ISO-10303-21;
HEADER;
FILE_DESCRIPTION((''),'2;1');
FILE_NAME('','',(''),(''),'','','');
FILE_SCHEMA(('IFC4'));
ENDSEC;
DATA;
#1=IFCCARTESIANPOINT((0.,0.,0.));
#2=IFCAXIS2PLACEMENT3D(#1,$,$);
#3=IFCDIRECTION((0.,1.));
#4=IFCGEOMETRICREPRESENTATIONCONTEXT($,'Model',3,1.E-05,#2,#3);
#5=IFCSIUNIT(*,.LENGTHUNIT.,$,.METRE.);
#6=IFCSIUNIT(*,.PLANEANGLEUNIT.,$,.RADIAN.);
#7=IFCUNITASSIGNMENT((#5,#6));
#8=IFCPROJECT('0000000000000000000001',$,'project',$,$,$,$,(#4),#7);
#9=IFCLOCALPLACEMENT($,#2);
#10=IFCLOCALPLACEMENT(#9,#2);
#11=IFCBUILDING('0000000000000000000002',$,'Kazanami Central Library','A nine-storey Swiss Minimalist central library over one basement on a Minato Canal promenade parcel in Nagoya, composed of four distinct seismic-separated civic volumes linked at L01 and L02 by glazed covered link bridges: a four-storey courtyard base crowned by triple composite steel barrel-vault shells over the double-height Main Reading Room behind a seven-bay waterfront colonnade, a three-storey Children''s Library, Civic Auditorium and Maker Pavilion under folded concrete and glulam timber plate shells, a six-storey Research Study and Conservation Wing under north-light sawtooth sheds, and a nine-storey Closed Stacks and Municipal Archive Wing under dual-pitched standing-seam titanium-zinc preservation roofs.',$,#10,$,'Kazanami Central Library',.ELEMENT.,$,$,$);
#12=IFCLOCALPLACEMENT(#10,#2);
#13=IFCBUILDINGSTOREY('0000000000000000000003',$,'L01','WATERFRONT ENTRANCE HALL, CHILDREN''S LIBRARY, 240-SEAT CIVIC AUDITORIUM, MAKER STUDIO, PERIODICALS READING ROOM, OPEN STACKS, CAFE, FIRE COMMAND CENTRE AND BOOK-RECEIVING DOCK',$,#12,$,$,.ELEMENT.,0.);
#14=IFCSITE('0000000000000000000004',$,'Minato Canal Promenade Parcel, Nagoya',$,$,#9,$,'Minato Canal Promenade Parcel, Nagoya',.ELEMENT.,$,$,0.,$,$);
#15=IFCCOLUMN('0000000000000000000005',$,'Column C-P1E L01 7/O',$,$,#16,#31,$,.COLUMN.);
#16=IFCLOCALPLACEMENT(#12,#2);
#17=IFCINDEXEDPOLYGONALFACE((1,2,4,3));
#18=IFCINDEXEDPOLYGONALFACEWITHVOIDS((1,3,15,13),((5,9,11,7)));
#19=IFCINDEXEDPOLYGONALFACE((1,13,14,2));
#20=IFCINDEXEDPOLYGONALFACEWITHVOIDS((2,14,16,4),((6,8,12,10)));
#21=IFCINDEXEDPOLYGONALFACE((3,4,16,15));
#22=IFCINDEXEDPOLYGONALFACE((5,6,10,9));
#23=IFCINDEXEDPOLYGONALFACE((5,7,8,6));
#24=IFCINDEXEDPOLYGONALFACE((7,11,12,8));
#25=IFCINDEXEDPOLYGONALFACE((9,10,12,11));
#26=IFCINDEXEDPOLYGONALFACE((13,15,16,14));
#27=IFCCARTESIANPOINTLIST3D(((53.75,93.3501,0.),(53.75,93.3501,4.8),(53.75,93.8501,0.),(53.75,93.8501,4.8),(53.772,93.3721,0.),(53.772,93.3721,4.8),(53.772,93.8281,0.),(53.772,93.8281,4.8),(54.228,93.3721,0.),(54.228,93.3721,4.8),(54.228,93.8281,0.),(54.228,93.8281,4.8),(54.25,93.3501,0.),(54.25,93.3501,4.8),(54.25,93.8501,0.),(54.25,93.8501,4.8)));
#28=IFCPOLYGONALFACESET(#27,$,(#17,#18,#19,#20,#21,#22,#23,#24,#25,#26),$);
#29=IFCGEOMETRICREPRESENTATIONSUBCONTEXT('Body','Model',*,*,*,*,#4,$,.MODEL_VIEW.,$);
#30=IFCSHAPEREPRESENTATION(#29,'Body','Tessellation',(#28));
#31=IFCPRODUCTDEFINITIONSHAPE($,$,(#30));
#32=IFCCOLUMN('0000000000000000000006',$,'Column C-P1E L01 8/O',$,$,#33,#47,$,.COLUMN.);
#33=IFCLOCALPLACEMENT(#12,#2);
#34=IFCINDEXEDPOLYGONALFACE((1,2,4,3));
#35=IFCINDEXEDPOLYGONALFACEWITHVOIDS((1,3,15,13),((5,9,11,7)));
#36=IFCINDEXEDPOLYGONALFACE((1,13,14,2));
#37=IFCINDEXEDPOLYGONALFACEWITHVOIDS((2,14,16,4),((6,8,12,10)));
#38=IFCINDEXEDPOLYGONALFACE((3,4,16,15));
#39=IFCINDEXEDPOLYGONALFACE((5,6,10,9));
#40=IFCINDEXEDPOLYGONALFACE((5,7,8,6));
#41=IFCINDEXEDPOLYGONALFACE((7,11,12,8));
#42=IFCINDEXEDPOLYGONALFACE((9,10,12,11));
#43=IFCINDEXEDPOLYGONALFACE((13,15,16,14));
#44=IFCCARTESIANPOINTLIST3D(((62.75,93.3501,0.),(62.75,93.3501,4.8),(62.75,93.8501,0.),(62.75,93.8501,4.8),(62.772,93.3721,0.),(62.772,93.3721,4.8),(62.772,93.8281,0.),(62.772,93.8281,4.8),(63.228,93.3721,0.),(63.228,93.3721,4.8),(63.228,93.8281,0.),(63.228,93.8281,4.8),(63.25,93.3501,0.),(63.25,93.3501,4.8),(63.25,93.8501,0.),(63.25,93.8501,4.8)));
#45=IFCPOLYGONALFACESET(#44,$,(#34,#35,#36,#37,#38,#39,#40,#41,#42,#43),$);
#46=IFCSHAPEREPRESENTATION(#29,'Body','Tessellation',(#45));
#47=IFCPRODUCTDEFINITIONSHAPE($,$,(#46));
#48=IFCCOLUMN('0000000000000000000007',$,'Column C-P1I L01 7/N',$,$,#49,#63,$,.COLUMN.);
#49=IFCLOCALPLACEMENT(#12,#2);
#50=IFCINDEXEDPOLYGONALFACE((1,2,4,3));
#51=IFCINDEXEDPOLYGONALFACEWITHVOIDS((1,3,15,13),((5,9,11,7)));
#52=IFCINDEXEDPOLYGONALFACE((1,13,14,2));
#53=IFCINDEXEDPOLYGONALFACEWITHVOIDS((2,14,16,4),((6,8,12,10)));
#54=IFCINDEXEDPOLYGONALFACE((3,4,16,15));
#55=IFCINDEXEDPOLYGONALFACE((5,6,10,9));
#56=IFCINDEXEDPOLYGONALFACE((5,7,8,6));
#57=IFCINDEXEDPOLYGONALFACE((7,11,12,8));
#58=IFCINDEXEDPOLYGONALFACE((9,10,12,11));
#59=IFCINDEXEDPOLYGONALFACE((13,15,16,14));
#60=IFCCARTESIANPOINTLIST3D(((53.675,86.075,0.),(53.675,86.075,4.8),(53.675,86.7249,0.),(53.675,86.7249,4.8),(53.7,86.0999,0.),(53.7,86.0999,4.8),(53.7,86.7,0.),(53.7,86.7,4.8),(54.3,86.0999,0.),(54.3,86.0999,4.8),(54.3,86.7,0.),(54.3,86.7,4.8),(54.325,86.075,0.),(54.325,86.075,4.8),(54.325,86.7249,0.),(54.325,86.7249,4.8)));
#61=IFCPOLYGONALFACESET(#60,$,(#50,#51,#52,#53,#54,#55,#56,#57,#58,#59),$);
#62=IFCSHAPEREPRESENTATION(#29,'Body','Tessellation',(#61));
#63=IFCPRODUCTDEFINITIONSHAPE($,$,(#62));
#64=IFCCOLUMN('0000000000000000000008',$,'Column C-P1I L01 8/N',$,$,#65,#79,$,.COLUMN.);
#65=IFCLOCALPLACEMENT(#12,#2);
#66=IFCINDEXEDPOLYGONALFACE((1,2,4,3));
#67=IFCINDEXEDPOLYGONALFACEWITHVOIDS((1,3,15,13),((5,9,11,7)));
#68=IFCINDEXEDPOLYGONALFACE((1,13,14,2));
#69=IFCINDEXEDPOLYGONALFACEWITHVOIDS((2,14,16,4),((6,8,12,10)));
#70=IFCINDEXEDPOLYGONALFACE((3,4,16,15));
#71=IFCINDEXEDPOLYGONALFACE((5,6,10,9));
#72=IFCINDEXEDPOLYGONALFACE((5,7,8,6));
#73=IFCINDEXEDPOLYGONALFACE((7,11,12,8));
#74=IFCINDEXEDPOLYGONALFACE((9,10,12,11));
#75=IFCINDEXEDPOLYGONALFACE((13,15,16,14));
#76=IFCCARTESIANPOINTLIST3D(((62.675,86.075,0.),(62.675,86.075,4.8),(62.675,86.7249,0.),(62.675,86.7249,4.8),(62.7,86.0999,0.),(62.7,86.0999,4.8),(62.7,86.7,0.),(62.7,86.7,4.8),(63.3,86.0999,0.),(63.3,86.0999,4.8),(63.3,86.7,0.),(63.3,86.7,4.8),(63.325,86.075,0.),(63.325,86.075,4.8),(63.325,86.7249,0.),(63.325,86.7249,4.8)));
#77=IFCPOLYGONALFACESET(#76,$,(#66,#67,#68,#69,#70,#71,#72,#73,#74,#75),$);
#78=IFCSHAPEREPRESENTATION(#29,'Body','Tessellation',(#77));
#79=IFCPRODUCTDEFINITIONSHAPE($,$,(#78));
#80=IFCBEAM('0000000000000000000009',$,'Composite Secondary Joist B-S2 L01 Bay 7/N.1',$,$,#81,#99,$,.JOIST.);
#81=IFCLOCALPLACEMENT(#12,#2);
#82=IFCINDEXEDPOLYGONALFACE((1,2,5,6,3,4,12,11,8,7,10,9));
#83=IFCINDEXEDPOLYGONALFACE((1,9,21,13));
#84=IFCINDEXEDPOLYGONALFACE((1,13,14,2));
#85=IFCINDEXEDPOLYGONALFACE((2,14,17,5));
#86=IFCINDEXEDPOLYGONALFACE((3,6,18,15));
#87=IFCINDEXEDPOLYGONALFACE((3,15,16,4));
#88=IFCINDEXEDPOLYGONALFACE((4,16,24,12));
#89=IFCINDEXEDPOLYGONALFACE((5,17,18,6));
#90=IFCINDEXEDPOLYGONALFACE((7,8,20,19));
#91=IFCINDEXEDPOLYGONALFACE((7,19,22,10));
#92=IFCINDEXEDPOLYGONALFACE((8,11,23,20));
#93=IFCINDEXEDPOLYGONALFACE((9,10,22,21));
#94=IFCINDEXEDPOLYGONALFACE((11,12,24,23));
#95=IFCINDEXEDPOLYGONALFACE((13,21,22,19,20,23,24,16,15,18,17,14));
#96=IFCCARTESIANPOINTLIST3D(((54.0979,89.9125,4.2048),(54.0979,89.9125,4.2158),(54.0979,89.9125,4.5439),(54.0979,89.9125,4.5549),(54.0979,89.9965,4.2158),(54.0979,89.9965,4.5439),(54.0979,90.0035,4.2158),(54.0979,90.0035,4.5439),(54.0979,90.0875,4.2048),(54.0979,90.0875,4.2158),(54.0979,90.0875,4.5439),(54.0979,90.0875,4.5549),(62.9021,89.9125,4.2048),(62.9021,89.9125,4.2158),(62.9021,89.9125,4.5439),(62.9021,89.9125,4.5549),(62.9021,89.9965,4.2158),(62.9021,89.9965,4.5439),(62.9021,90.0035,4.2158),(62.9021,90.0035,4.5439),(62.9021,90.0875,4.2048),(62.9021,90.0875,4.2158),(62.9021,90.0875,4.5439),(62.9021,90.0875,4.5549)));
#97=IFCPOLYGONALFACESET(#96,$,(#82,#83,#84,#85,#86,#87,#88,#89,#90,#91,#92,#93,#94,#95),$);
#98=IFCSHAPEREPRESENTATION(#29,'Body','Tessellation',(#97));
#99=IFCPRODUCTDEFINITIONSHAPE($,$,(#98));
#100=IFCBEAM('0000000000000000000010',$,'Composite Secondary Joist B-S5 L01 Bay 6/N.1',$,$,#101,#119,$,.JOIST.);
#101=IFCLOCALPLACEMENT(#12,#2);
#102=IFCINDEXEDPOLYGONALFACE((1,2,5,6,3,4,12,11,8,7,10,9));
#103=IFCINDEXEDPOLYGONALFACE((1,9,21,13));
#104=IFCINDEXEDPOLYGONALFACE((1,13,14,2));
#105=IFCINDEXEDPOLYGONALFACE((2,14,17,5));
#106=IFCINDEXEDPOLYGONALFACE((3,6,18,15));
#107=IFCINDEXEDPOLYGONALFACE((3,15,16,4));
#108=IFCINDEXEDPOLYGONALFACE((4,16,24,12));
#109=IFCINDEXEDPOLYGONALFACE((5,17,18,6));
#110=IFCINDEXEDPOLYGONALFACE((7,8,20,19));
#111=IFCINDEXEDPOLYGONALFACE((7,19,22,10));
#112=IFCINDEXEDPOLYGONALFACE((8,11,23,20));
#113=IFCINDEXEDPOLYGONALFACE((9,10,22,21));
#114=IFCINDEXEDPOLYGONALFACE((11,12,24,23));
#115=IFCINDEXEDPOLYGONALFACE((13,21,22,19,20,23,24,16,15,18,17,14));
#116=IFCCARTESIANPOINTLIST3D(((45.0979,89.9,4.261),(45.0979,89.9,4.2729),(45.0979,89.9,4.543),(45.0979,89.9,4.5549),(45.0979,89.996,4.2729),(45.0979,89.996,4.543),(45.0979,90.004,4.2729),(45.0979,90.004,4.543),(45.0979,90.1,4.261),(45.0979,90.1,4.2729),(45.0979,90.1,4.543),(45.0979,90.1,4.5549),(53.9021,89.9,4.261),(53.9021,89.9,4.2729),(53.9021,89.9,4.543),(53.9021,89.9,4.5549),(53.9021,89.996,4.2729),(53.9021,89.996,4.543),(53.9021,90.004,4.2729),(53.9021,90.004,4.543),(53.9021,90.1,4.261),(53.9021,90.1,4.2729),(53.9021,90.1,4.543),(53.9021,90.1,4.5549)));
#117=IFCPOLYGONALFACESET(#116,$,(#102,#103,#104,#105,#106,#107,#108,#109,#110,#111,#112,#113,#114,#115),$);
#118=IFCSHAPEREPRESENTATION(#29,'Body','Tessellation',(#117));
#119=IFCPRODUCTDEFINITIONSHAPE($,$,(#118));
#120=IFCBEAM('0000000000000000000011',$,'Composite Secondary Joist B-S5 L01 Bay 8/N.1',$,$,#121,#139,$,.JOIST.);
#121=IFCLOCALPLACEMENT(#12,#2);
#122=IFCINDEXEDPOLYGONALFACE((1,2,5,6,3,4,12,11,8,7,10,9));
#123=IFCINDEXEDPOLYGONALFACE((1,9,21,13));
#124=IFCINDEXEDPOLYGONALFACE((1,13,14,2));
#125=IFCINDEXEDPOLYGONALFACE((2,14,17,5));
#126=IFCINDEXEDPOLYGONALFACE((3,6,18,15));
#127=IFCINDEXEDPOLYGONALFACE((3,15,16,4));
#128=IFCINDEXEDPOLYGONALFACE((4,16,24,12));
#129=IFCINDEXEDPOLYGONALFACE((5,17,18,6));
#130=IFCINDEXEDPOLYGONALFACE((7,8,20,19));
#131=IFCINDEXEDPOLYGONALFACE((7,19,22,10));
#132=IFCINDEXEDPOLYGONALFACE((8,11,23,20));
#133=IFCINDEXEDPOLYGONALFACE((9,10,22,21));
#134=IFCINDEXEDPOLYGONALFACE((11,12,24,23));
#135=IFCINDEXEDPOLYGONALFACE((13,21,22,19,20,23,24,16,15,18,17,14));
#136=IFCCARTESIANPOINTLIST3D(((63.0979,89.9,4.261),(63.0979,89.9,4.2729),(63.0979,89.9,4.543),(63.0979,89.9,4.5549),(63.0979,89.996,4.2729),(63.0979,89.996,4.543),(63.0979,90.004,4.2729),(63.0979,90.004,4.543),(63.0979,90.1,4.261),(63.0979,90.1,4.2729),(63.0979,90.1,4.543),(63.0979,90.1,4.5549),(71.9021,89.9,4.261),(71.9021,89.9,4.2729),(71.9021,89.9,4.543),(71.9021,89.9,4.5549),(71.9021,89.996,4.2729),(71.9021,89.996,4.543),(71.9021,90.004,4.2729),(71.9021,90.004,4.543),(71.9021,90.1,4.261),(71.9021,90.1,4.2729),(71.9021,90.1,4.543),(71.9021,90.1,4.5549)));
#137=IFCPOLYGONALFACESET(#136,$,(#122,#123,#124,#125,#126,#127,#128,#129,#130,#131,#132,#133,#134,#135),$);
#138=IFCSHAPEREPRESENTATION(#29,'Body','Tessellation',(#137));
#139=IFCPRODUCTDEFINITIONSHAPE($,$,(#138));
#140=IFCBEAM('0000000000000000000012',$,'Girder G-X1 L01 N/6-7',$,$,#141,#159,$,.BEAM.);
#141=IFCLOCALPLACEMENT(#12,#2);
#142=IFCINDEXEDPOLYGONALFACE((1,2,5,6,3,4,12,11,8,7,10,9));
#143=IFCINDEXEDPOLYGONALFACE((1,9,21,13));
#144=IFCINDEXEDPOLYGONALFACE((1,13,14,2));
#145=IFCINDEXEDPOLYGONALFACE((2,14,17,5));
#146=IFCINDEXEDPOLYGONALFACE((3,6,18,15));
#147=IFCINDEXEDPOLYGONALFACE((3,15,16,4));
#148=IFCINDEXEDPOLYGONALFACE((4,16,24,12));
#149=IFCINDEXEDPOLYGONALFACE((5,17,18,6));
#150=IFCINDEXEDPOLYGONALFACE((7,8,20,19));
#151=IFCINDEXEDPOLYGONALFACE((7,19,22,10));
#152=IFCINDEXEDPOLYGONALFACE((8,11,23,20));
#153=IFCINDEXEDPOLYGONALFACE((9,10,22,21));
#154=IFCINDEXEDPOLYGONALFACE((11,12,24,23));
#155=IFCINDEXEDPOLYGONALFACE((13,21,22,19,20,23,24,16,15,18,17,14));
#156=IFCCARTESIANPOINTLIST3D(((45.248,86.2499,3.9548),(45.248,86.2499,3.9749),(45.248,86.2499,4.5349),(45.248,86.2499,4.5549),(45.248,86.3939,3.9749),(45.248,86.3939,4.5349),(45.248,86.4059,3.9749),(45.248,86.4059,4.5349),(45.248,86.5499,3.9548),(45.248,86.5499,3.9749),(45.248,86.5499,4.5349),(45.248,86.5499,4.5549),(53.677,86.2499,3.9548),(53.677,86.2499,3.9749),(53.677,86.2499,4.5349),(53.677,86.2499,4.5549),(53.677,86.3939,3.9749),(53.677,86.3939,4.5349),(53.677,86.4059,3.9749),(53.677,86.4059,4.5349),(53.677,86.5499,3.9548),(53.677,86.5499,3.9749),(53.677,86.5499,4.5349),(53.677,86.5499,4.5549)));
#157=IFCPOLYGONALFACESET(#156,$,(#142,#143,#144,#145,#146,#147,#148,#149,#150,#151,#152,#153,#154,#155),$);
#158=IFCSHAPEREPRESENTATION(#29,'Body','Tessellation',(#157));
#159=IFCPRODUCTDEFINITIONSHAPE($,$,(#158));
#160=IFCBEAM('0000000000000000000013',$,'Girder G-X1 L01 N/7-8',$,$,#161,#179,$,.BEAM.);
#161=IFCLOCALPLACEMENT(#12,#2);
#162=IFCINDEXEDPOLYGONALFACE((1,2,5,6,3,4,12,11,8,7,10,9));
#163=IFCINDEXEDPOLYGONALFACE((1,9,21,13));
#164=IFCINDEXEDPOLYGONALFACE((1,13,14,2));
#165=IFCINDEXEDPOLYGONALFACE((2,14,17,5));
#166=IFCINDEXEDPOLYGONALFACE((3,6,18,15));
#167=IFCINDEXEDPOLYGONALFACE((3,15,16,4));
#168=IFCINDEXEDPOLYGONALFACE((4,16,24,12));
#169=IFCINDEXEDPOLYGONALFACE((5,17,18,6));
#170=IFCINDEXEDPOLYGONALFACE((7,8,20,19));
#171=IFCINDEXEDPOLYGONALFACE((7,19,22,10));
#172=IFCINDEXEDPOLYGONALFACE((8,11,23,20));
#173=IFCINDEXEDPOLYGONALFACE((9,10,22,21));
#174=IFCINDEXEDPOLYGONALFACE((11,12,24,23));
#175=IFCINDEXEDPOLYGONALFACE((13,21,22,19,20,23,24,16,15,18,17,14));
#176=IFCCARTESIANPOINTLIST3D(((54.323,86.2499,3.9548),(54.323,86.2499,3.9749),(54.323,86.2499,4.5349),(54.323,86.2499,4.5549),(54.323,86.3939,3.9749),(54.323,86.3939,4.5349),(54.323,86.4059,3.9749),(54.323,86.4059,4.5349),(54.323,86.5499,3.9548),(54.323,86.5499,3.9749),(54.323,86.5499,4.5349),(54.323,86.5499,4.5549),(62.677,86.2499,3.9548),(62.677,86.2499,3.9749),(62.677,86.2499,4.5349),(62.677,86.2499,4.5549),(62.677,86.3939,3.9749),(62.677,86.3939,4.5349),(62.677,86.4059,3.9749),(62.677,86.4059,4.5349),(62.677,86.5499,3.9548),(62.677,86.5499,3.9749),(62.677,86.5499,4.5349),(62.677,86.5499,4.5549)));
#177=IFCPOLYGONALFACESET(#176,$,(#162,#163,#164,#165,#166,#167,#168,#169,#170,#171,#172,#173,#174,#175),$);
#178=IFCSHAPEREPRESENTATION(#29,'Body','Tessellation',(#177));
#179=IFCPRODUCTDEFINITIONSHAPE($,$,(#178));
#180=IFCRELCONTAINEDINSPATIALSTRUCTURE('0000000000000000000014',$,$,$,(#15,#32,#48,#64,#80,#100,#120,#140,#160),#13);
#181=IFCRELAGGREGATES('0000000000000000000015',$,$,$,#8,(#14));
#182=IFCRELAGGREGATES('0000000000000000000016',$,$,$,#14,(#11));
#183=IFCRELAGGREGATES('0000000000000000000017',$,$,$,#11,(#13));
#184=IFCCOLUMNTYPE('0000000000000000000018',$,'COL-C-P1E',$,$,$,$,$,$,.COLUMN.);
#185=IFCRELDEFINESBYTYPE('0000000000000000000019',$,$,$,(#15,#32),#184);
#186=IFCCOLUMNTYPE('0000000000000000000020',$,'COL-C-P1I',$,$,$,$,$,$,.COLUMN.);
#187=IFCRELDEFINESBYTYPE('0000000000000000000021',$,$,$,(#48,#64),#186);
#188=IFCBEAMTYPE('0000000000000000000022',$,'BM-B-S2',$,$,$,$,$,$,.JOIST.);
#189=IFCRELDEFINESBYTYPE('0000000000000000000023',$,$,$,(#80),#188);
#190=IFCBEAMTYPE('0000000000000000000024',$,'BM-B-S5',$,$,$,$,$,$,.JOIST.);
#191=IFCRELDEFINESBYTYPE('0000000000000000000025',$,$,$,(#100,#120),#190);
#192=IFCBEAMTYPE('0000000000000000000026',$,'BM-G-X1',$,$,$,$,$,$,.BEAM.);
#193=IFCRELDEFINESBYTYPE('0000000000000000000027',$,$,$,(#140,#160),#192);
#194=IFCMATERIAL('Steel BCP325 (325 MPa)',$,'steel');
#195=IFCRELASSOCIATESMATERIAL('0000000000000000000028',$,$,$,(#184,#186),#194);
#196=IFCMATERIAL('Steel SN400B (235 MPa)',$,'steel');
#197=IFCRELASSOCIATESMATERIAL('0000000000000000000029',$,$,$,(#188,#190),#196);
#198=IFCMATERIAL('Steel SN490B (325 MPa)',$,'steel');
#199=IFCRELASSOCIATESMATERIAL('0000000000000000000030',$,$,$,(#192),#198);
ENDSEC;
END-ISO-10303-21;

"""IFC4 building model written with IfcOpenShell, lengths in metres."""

from ifc_helpers import new_model, si_unit, direction, frame, origin, origin_2d, place, context, subcontext, project, spatial, hollow_rectangle, i_section, extrude, material, material_profile, profile_set, type_object, element, save


model = new_model("IFC4")

# Units and contexts
model_context = context("Model", 3, precision=1e-05, world=origin(), true_north=direction((0.0, 1.0)))
body_context = subcontext(model_context, "Body", "Model", "MODEL_VIEW")
ifc_project = project(units=[si_unit("LENGTHUNIT", "METRE"), si_unit("PLANEANGLEUNIT", "RADIAN")], contexts=[model_context])

# Site, building, storey
site_placement = place(None, origin())
site = spatial("IfcSite", under=ifc_project, at=site_placement, Name="Minato Canal Promenade Parcel, Nagoya", LongName="Minato Canal Promenade Parcel, Nagoya", CompositionType="ELEMENT", RefElevation=0.0)
building_placement = place(site_placement, origin())
building = spatial("IfcBuilding", under=site, at=building_placement, Name="Kazanami Central Library", Description="A nine-storey Swiss Minimalist central library over one basement on a Minato Canal promenade parcel in Nagoya, composed of four distinct seismic-separated civic volumes linked at L01 and L02 by glazed covered link bridges: a four-storey courtyard base crowned by triple composite steel barrel-vault shells over the double-height Main Reading Room behind a seven-bay waterfront colonnade, a three-storey Children's Library, Civic Auditorium and Maker Pavilion under folded concrete and glulam timber plate shells, a six-storey Research Study and Conservation Wing under north-light sawtooth sheds, and a nine-storey Closed Stacks and Municipal Archive Wing under dual-pitched standing-seam titanium-zinc preservation roofs.", LongName="Kazanami Central Library", CompositionType="ELEMENT")
storey_placement = place(building_placement, origin())
storey = spatial("IfcBuildingStorey", under=building, at=storey_placement, Name="L01", Description="WATERFRONT ENTRANCE HALL, CHILDREN'S LIBRARY, 240-SEAT CIVIC AUDITORIUM, MAKER STUDIO, PERIODICALS READING ROOM, OPEN STACKS, CAFE, FIRE COMMAND CENTRE AND BOOK-RECEIVING DOCK", CompositionType="ELEMENT", Elevation=0.0)

# Columns
ifc_material_1 = material(Name="Steel BCP325 (325 MPa)", Category="steel")
ifc_material_profile_1 = material_profile(ifc_material_1, hollow_rectangle(XDim=0.5, YDim=0.5, WallThickness=0.022, at=origin_2d()), Name="BCP-500x500x22")
ifc_profile_set_1 = profile_set([ifc_material_profile_1], Name="Steel BCP325 (325 MPa)")
column_type_1 = type_object("IfcColumnType", Name="COL-C-P1E", PredefinedType="COLUMN", material=ifc_profile_set_1)
for number, where, z_axis, x_axis, name in (
    (1, (54.0, 93.6001, 0.0), (0.0, 0.0, 1.0), (1.0, 0.0, 0.0), "Column C-P1E L01 7/O"),
    (2, (63.0, 93.6001, 0.0), (0.0, 0.0, 1.0), (1.0, 0.0, 0.0), "Column C-P1E L01 8/O"),
):
    element("IfcColumn", number, at=place(storey_placement, frame(where, z_axis=z_axis, x_axis=x_axis)), inside=storey, type_object=column_type_1, Name=name, PredefinedType="COLUMN", context=body_context, shape_type="SweptSolid", body=[
        extrude(hollow_rectangle(XDim=0.5, YDim=0.5, WallThickness=0.022, at=origin_2d()), origin(), (0.0, 0.0, 1.0), 4.8),
    ])
ifc_material_profile_2 = material_profile(ifc_material_1, hollow_rectangle(XDim=0.6499, YDim=0.6499, WallThickness=0.0249, at=origin_2d()), Name="BCP-650x650x25")
ifc_profile_set_2 = profile_set([ifc_material_profile_2], Name="Steel BCP325 (325 MPa)")
column_type_2 = type_object("IfcColumnType", Name="COL-C-P1I", PredefinedType="COLUMN", material=ifc_profile_set_2)
for number, where, z_axis, x_axis, name in (
    (3, (54.0, 86.3999, 0.0), (0.0, 0.0, 1.0), (1.0, 0.0, 0.0), "Column C-P1I L01 7/N"),
    (4, (63.0, 86.3999, 0.0), (0.0, 0.0, 1.0), (1.0, 0.0, 0.0), "Column C-P1I L01 8/N"),
):
    element("IfcColumn", number, at=place(storey_placement, frame(where, z_axis=z_axis, x_axis=x_axis)), inside=storey, type_object=column_type_2, Name=name, PredefinedType="COLUMN", context=body_context, shape_type="SweptSolid", body=[
        extrude(hollow_rectangle(XDim=0.6499, YDim=0.6499, WallThickness=0.0249, at=origin_2d()), origin(), (0.0, 0.0, 1.0), 4.8),
    ])

# Beams
ifc_material_2 = material(Name="Steel SN400B (235 MPa)", Category="steel")
ifc_material_profile_3 = material_profile(ifc_material_2, i_section(OverallWidth=0.175, OverallDepth=0.3501, WebThickness=0.0071, FlangeThickness=0.011, at=origin_2d()), Name="H-350x175x7x11")
ifc_profile_set_3 = profile_set([ifc_material_profile_3], Name="Steel SN400B (235 MPa)")
beam_type_1 = type_object("IfcBeamType", Name="BM-B-S2", PredefinedType="JOIST", material=ifc_profile_set_3)
beam_1_placement = place(storey_placement, frame((54.0979, 90.0, 4.3799), z_axis=(1.0, 0.0, 0.0), x_axis=(0.0, 1.0, 0.0)))
element("IfcBeam", 5, at=beam_1_placement, inside=storey, type_object=beam_type_1, Name="Composite Secondary Joist B-S2 L01 Bay 7/N.1", PredefinedType="JOIST", context=body_context, shape_type="SweptSolid", body=[
    extrude(i_section(OverallWidth=0.175, OverallDepth=0.3501, WebThickness=0.0071, FlangeThickness=0.011, at=origin_2d()), origin(), (0.0, 0.0, 1.0), 8.8042),
])
ifc_material_profile_4 = material_profile(ifc_material_2, i_section(OverallWidth=0.2, OverallDepth=0.2939, WebThickness=0.0081, FlangeThickness=0.012, at=origin_2d()), Name="H-294x200x8x12")
ifc_profile_set_4 = profile_set([ifc_material_profile_4], Name="Steel SN400B (235 MPa)")
beam_type_2 = type_object("IfcBeamType", Name="BM-B-S5", PredefinedType="JOIST", material=ifc_profile_set_4)
for number, where, z_axis, x_axis, name in (
    (6, (45.0979, 90.0, 4.408), (1.0, 0.0, 0.0), (0.0, 1.0, 0.0), "Composite Secondary Joist B-S5 L01 Bay 6/N.1"),
    (7, (63.0979, 90.0, 4.408), (1.0, 0.0, 0.0), (0.0, 1.0, 0.0), "Composite Secondary Joist B-S5 L01 Bay 8/N.1"),
):
    element("IfcBeam", number, at=place(storey_placement, frame(where, z_axis=z_axis, x_axis=x_axis)), inside=storey, type_object=beam_type_2, Name=name, PredefinedType="JOIST", context=body_context, shape_type="SweptSolid", body=[
        extrude(i_section(OverallWidth=0.2, OverallDepth=0.2939, WebThickness=0.0081, FlangeThickness=0.012, at=origin_2d()), origin(), (0.0, 0.0, 1.0), 8.8042),
    ])
ifc_material_3 = material(Name="Steel SN490B (325 MPa)", Category="steel")
ifc_material_profile_5 = material_profile(ifc_material_3, i_section(OverallWidth=0.3, OverallDepth=0.6001, WebThickness=0.012, FlangeThickness=0.02, at=origin_2d()), Name="H-600x300x12x20")
ifc_profile_set_5 = profile_set([ifc_material_profile_5], Name="Steel SN490B (325 MPa)")
beam_type_3 = type_object("IfcBeamType", Name="BM-G-X1", PredefinedType="BEAM", material=ifc_profile_set_5)
beam_2_placement = place(storey_placement, frame((45.248, 86.3999, 4.2549), z_axis=(1.0, 0.0, 0.0), x_axis=(0.0, 1.0, 0.0)))
element("IfcBeam", 8, at=beam_2_placement, inside=storey, type_object=beam_type_3, Name="Girder G-X1 L01 N/6-7", PredefinedType="BEAM", context=body_context, shape_type="SweptSolid", body=[
    extrude(i_section(OverallWidth=0.3, OverallDepth=0.6001, WebThickness=0.012, FlangeThickness=0.02, at=origin_2d()), origin(), (0.0, 0.0, 1.0), 8.429),
])
beam_3_placement = place(storey_placement, frame((54.323, 86.3999, 4.2549), z_axis=(1.0, 0.0, 0.0), x_axis=(0.0, 1.0, 0.0)))
element("IfcBeam", 9, at=beam_3_placement, inside=storey, type_object=beam_type_3, Name="Girder G-X1 L01 N/7-8", PredefinedType="BEAM", context=body_context, shape_type="SweptSolid", body=[
    extrude(i_section(OverallWidth=0.3, OverallDepth=0.6001, WebThickness=0.012, FlangeThickness=0.02, at=origin_2d()), origin(), (0.0, 0.0, 1.0), 8.354),
])

save(model, "model.ifc")
